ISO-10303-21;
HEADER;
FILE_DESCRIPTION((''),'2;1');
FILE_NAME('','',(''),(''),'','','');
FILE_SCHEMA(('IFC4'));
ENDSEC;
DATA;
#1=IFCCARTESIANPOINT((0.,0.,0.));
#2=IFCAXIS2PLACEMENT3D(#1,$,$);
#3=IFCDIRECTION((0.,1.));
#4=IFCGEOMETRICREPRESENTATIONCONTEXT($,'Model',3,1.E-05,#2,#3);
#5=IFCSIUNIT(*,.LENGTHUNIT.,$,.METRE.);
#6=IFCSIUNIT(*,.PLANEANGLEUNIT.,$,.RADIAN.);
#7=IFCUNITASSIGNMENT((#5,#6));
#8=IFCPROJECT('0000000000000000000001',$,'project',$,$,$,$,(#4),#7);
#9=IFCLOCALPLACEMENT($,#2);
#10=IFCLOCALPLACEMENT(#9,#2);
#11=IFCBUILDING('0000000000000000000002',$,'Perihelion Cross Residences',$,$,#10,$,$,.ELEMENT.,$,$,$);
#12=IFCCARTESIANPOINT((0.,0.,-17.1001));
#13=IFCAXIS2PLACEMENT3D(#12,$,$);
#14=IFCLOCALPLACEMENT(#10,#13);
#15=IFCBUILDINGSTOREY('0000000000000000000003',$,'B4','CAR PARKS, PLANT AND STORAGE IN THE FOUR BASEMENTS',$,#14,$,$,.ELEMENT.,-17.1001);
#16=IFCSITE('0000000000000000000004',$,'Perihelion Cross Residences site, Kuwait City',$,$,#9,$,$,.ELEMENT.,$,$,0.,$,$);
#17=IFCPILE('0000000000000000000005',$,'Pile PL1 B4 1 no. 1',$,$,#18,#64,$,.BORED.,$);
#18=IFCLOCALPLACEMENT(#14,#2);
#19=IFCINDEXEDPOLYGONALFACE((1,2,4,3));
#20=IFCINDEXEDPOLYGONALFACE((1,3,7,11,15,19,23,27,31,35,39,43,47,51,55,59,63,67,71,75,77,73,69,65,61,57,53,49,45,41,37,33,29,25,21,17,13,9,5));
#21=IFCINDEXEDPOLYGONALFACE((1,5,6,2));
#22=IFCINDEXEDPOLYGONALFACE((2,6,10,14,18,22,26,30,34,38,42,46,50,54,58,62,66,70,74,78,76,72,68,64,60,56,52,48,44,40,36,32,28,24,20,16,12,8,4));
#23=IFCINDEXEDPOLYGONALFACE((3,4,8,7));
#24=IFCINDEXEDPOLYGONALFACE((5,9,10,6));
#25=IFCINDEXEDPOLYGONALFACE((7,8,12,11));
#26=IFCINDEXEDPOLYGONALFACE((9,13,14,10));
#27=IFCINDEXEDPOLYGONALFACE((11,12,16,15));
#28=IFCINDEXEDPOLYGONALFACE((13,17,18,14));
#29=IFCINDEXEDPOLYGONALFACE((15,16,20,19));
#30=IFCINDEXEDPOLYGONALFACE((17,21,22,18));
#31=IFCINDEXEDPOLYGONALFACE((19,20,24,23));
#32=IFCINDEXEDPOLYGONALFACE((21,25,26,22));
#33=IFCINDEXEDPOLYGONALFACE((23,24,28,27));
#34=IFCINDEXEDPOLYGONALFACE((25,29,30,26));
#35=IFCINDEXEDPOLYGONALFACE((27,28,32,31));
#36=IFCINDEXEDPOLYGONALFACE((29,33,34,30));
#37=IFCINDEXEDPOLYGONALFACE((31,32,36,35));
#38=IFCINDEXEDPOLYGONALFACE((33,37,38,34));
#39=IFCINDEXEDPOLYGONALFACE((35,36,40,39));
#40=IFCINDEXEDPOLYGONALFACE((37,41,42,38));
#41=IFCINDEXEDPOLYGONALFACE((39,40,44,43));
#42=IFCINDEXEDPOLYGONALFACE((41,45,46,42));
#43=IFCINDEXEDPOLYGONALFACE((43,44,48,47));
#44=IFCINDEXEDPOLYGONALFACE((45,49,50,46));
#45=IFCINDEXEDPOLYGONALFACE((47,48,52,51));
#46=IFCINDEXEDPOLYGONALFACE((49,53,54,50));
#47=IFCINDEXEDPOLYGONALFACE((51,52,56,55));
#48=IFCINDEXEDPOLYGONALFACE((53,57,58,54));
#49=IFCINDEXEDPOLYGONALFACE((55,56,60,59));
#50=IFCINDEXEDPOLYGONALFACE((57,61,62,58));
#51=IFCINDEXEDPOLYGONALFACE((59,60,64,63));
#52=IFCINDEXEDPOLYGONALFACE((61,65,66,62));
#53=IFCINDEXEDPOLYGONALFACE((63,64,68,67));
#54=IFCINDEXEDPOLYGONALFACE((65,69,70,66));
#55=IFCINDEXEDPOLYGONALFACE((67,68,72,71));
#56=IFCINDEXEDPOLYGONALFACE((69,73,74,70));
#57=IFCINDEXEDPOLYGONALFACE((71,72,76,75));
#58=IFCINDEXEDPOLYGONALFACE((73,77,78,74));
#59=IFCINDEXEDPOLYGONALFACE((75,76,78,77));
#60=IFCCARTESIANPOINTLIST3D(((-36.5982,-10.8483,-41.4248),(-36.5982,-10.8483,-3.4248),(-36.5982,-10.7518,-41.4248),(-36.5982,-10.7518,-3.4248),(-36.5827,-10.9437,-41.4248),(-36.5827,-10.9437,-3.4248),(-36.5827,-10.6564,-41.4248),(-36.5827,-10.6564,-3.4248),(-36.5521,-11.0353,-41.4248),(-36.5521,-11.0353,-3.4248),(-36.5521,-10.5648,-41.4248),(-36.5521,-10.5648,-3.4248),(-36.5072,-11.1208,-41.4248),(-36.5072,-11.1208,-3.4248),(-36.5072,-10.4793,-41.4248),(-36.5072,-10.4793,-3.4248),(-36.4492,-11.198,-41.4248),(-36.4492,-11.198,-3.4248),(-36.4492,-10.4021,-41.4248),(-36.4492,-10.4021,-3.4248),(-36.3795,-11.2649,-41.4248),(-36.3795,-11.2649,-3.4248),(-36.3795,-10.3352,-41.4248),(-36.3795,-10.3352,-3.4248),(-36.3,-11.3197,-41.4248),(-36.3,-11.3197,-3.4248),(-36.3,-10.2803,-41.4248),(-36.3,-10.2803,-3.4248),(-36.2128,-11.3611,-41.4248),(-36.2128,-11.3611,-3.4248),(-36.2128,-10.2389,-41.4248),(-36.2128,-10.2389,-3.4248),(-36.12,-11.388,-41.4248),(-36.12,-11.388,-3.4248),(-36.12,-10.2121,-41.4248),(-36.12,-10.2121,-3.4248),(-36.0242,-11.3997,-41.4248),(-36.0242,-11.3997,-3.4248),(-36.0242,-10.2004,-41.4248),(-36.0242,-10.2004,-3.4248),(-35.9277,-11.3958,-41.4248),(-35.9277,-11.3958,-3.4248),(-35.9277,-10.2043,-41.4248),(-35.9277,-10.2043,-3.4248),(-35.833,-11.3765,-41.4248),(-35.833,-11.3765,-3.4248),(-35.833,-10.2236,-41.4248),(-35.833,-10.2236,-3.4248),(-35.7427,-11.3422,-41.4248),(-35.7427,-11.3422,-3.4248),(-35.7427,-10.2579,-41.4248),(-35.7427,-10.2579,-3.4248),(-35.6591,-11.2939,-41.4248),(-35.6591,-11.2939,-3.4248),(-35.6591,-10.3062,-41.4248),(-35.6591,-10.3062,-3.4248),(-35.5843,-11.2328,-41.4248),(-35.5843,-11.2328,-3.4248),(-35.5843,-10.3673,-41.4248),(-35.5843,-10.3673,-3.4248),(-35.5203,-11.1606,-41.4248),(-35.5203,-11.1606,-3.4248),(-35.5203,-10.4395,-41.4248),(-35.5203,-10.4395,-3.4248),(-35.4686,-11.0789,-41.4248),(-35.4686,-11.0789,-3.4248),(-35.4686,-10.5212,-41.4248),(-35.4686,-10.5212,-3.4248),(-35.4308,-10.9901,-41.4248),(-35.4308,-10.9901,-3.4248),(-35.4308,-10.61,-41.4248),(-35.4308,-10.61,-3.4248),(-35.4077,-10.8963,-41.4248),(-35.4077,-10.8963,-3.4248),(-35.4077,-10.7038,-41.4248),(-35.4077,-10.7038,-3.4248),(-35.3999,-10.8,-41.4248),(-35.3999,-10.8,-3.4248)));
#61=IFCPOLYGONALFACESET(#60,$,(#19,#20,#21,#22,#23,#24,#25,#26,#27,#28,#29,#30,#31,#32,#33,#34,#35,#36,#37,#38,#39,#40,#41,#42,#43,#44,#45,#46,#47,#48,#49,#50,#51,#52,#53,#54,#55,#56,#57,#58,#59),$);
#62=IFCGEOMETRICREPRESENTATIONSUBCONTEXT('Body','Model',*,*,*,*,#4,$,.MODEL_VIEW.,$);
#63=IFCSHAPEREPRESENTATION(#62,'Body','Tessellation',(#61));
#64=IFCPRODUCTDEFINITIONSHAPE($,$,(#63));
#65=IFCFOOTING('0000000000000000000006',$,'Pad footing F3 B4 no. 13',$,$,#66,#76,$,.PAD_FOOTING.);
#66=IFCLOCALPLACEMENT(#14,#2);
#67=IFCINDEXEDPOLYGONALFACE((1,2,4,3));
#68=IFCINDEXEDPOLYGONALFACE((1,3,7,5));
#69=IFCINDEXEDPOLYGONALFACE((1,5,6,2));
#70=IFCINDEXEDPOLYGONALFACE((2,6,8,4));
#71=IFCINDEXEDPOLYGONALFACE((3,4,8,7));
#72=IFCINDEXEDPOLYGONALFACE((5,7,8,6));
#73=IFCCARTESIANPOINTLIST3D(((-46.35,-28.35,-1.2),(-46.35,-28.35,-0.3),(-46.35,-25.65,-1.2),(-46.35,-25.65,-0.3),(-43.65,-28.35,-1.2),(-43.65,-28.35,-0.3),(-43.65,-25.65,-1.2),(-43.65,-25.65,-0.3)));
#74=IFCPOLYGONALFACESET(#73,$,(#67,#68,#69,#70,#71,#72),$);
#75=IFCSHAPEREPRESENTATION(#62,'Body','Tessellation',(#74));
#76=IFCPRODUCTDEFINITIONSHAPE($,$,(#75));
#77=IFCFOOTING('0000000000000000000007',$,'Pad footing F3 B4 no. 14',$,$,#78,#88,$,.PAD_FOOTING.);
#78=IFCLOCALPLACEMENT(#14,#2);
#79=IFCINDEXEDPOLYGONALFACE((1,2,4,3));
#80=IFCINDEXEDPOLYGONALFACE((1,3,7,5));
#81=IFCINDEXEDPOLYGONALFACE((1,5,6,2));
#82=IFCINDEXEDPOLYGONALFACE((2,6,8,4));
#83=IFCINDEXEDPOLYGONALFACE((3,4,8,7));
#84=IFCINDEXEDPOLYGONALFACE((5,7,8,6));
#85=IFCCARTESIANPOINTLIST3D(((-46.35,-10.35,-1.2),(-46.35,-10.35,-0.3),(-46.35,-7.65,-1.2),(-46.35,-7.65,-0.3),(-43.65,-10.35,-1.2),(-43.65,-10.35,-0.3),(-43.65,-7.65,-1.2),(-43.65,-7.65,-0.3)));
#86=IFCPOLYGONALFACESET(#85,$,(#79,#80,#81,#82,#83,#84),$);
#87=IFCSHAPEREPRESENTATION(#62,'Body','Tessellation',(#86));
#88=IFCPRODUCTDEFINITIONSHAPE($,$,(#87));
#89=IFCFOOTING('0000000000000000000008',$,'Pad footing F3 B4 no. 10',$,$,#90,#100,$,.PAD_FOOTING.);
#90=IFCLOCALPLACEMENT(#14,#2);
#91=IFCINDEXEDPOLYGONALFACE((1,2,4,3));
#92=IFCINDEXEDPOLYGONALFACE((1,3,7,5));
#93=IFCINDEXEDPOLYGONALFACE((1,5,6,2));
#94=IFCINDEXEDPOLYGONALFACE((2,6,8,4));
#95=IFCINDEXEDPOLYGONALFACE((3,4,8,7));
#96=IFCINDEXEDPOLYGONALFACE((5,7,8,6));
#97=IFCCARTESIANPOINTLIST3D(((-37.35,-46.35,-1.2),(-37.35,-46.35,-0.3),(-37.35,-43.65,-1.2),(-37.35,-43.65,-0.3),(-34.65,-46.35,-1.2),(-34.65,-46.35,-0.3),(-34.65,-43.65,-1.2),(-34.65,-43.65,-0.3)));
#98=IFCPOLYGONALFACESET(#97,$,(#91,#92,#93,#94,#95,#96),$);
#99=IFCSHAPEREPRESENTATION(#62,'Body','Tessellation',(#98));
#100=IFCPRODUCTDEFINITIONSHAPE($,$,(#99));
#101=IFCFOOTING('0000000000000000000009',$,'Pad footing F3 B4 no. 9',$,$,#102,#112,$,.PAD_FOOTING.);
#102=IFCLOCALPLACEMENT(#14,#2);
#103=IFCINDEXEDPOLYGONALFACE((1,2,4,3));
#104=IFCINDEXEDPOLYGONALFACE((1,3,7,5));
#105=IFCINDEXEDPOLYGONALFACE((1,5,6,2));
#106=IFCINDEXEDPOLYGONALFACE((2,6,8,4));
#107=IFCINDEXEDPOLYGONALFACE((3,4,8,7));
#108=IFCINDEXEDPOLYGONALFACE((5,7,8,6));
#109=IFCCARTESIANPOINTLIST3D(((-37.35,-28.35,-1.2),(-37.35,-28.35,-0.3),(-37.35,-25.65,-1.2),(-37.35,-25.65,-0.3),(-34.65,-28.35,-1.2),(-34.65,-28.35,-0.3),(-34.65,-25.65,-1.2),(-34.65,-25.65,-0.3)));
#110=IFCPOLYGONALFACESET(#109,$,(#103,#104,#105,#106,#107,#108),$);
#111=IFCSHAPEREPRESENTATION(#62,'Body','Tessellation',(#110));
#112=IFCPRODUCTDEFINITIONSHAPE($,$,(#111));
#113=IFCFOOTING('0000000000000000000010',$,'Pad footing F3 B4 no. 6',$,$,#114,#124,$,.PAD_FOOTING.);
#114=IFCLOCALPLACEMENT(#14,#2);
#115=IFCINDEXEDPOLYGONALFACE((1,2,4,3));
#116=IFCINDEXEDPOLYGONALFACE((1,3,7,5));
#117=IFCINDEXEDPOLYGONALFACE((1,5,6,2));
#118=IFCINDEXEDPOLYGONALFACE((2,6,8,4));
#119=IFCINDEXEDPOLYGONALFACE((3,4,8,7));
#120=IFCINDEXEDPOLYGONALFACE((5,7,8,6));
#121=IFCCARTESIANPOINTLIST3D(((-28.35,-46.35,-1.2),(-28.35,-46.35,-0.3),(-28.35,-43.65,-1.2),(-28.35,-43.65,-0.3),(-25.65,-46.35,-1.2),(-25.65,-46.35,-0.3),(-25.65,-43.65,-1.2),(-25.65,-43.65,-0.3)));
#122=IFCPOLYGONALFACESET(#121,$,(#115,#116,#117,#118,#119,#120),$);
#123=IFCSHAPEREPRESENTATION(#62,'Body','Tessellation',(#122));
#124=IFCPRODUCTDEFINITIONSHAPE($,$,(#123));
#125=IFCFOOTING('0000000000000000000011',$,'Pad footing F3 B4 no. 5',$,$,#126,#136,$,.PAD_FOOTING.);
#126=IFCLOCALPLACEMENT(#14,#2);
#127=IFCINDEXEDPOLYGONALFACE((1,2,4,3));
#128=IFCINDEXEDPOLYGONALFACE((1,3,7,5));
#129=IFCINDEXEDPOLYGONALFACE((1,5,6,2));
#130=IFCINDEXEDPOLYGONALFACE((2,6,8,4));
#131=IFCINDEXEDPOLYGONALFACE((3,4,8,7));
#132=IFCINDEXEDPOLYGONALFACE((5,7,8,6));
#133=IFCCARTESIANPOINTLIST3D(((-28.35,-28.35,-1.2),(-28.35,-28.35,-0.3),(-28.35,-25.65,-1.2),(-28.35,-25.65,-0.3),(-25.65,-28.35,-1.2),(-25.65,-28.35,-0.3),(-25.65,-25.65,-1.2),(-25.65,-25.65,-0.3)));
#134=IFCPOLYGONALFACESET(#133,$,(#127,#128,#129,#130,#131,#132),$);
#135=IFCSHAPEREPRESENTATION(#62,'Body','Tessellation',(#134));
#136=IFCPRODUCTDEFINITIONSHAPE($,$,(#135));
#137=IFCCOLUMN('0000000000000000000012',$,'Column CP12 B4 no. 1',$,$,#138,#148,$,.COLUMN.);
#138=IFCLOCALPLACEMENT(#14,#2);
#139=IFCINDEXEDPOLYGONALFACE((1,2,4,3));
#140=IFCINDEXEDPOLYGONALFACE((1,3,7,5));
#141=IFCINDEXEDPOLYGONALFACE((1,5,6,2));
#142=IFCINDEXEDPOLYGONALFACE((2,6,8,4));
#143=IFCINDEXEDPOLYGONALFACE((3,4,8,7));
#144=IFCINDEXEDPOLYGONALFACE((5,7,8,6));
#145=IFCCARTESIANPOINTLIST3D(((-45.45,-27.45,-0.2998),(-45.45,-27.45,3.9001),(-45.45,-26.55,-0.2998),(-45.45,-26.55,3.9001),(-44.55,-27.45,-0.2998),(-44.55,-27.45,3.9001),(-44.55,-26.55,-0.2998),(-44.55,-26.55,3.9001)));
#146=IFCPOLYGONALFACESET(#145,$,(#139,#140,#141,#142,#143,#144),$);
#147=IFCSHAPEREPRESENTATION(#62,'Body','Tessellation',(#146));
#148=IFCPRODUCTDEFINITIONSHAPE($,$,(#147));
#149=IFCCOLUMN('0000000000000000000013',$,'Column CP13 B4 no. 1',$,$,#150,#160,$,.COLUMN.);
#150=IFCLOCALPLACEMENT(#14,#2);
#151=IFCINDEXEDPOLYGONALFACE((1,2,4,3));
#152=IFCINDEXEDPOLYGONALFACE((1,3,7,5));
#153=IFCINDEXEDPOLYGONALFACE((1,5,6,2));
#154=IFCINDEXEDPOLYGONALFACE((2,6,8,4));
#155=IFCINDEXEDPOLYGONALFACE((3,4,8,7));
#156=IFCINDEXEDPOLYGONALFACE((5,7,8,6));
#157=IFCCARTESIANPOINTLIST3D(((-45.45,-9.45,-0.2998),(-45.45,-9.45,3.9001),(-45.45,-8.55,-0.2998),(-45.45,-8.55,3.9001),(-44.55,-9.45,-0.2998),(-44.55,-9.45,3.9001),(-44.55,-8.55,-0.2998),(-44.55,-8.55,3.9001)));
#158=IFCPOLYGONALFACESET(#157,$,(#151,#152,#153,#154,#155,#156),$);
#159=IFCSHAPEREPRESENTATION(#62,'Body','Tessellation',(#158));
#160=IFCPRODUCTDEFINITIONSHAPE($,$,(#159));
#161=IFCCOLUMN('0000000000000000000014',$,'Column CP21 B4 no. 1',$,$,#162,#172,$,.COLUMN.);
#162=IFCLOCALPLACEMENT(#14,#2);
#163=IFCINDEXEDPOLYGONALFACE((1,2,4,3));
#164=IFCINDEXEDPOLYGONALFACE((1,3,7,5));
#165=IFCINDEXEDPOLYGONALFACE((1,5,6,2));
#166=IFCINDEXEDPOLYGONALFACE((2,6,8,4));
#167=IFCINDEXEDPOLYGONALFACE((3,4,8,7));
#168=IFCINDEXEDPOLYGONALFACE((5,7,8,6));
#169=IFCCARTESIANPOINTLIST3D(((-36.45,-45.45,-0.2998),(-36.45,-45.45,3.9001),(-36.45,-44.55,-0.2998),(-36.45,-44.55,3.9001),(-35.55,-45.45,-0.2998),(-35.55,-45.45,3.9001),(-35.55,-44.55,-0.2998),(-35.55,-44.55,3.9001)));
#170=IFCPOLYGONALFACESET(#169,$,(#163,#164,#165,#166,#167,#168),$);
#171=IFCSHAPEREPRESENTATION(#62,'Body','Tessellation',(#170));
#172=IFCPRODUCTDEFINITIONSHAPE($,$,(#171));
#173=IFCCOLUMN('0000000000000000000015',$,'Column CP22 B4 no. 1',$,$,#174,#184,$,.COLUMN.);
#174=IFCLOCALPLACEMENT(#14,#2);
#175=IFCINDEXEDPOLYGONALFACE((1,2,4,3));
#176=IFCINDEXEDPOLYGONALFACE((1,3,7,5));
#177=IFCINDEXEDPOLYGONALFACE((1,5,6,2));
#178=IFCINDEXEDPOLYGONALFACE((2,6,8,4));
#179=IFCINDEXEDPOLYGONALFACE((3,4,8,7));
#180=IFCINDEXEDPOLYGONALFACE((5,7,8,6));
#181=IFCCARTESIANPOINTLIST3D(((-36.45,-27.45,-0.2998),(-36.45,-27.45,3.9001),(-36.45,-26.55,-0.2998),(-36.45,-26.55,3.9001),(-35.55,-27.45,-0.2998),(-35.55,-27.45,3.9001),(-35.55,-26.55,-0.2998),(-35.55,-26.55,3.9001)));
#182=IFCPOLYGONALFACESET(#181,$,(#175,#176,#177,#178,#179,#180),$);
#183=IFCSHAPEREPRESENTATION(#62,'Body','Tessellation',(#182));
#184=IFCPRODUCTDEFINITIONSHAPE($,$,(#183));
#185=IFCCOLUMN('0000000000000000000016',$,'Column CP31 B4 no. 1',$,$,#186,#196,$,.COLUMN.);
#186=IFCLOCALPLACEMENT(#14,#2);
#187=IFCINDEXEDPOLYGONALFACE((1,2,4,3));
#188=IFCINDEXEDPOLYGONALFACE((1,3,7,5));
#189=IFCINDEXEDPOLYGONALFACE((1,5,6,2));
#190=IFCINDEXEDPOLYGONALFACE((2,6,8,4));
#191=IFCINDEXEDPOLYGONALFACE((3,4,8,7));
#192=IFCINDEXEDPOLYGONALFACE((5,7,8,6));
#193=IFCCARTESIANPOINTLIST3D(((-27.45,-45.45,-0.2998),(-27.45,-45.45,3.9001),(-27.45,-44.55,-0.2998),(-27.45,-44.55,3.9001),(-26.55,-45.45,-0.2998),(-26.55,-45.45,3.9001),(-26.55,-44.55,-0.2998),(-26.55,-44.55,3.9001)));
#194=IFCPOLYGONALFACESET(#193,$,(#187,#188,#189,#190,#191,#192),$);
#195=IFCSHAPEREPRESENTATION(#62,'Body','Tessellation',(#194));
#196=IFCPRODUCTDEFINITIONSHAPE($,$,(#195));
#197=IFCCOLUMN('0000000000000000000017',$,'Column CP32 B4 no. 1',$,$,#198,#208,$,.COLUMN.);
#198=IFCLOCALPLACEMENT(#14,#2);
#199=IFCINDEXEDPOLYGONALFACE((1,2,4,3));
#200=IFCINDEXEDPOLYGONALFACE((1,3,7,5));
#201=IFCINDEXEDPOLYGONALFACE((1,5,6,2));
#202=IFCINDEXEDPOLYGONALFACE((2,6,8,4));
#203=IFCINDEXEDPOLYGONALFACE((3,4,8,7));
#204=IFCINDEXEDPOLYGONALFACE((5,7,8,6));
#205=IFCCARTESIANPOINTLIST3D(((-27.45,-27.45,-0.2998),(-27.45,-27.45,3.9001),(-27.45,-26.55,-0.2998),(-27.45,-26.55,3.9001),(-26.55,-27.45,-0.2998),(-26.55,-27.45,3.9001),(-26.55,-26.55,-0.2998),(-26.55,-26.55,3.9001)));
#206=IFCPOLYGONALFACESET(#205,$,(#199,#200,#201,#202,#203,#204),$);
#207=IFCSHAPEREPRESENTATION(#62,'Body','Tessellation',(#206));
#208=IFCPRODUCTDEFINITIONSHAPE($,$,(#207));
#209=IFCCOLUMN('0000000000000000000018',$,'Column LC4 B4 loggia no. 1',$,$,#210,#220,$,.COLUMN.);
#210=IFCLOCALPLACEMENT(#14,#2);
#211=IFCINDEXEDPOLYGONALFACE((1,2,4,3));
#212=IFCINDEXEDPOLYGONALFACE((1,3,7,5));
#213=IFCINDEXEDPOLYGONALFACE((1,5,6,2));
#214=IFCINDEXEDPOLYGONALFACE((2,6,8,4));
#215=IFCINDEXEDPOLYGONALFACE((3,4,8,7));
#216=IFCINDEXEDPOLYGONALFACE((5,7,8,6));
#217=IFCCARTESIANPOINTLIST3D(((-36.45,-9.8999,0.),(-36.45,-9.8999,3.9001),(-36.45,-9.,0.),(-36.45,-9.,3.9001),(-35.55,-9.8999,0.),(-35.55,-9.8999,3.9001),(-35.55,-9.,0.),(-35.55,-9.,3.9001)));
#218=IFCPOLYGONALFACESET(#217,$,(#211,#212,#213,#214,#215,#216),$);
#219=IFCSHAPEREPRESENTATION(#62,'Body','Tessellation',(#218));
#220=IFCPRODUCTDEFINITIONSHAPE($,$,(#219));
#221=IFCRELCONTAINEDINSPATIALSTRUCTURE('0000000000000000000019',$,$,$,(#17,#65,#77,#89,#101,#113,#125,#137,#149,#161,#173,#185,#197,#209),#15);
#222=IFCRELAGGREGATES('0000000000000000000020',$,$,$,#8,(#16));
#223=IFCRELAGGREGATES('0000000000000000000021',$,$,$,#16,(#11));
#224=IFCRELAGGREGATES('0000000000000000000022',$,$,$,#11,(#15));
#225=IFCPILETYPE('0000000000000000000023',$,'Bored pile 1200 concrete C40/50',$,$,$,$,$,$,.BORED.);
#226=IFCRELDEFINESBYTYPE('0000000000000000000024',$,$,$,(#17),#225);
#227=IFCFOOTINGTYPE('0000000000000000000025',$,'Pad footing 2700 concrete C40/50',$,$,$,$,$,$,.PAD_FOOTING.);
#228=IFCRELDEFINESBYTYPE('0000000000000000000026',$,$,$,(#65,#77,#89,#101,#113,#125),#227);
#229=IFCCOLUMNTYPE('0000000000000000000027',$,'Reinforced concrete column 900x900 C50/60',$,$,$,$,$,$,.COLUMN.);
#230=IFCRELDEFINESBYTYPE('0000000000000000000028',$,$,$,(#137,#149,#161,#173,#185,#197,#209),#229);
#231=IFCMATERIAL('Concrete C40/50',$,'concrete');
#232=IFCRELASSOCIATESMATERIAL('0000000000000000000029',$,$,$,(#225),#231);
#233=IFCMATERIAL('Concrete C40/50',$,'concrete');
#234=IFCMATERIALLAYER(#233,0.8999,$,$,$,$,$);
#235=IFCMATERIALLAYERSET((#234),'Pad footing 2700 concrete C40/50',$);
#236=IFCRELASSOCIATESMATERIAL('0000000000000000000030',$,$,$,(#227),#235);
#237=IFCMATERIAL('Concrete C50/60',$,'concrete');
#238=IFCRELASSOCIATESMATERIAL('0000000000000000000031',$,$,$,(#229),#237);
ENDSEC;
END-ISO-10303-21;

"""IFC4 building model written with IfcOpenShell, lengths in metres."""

from ifc_helpers import new_model, si_unit, direction, frame, origin, origin_2d, place, context, subcontext, project, spatial, rectangle, circle, extrude, material, layer, layer_set, material_profile, profile_set, type_object, element, save


model = new_model("IFC4")

# Units and contexts
model_context = context("Model", 3, precision=1e-05, world=origin(), true_north=direction((0.0, 1.0)))
body_context = subcontext(model_context, "Body", "Model", "MODEL_VIEW")
ifc_project = project(units=[si_unit("LENGTHUNIT", "METRE"), si_unit("PLANEANGLEUNIT", "RADIAN")], contexts=[model_context])

# Site, building, storey
site_placement = place(None, origin())
site = spatial("IfcSite", under=ifc_project, at=site_placement, Name="Perihelion Cross Residences site, Kuwait City", CompositionType="ELEMENT", RefElevation=0.0)
building_placement = place(site_placement, origin())
building = spatial("IfcBuilding", under=site, at=building_placement, Name="Perihelion Cross Residences", CompositionType="ELEMENT")
storey_placement = place(building_placement, frame((0.0, 0.0, -17.1001)))
storey = spatial("IfcBuildingStorey", under=building, at=storey_placement, Name="B4", Description="CAR PARKS, PLANT AND STORAGE IN THE FOUR BASEMENTS", CompositionType="ELEMENT", Elevation=-17.1001)

# Pile
ifc_material_1 = material(Name="Concrete C40/50", Category="concrete")
pile_type = type_object("IfcPileType", Name="Bored pile 1200 concrete C40/50", PredefinedType="BORED", material=ifc_material_1)
pile_placement = place(storey_placement, frame((-36.0, -10.8, -3.4248), z_axis=(0.0, 0.0, -1.0), x_axis=(1.0, 0.0, 0.0)))
element("IfcPile", 1, at=pile_placement, inside=storey, type_object=pile_type, Name="Pile PL1 B4 1 no. 1", PredefinedType="BORED", context=body_context, shape_type="SweptSolid", body=[
    extrude(circle(Radius=0.6001, at=origin_2d()), origin(), (0.0, 0.0, 1.0), 38.0),
])

# Footings
ifc_material_2 = material(Name="Concrete C40/50", Category="concrete")
ifc_layer_1 = layer(ifc_material_2, 0.8999)
ifc_layer_set_1 = layer_set([ifc_layer_1], Name="Pad footing 2700 concrete C40/50")
footing_type = type_object("IfcFootingType", Name="Pad footing 2700 concrete C40/50", PredefinedType="PAD_FOOTING", material=ifc_layer_set_1)
for number, where, z_axis, x_axis, name in (
    (2, (-45.0, -27.0, -1.2), (0.0, 0.0, 1.0), (1.0, 0.0, 0.0), "Pad footing F3 B4 no. 13"),
    (3, (-45.0, -9.0, -1.2), (0.0, 0.0, 1.0), (1.0, 0.0, 0.0), "Pad footing F3 B4 no. 14"),
    (4, (-36.0, -45.0, -1.2), (0.0, 0.0, 1.0), (1.0, 0.0, 0.0), "Pad footing F3 B4 no. 10"),
    (5, (-36.0, -27.0, -1.2), (0.0, 0.0, 1.0), (1.0, 0.0, 0.0), "Pad footing F3 B4 no. 9"),
    (6, (-27.0, -45.0, -1.2), (0.0, 0.0, 1.0), (1.0, 0.0, 0.0), "Pad footing F3 B4 no. 6"),
    (7, (-27.0, -27.0, -1.2), (0.0, 0.0, 1.0), (1.0, 0.0, 0.0), "Pad footing F3 B4 no. 5"),
):
    element("IfcFooting", number, at=place(storey_placement, frame(where, z_axis=z_axis, x_axis=x_axis)), inside=storey, type_object=footing_type, Name=name, PredefinedType="PAD_FOOTING", context=body_context, shape_type="SweptSolid", body=[
        extrude(rectangle(XDim=2.7, YDim=2.7, at=origin_2d()), origin(), (0.0, 0.0, 1.0), 0.8999),
    ])

# Columns
ifc_material_3 = material(Name="Concrete C50/60", Category="concrete")
ifc_material_profile = material_profile(ifc_material_3, rectangle(XDim=0.8999, YDim=0.8999, at=origin_2d()), Name="RC 900x900")
ifc_profile_set = profile_set([ifc_material_profile], Name="Concrete C50/60")
column_type = type_object("IfcColumnType", Name="Reinforced concrete column 900x900 C50/60", PredefinedType="COLUMN", material=ifc_profile_set)
for number, where, z_axis, x_axis, name in (
    (8, (-45.0, -27.0, -0.2998), (0.0, 0.0, 1.0), (1.0, 0.0, 0.0), "Column CP12 B4 no. 1"),
    (9, (-45.0, -9.0, -0.2998), (0.0, 0.0, 1.0), (1.0, 0.0, 0.0), "Column CP13 B4 no. 1"),
    (10, (-36.0, -45.0, -0.2998), (0.0, 0.0, 1.0), (1.0, 0.0, 0.0), "Column CP21 B4 no. 1"),
    (11, (-36.0, -27.0, -0.2998), (0.0, 0.0, 1.0), (1.0, 0.0, 0.0), "Column CP22 B4 no. 1"),
    (12, (-27.0, -45.0, -0.2998), (0.0, 0.0, 1.0), (1.0, 0.0, 0.0), "Column CP31 B4 no. 1"),
    (13, (-27.0, -27.0, -0.2998), (0.0, 0.0, 1.0), (1.0, 0.0, 0.0), "Column CP32 B4 no. 1"),
):
    element("IfcColumn", number, at=place(storey_placement, frame(where, z_axis=z_axis, x_axis=x_axis)), inside=storey, type_object=column_type, Name=name, PredefinedType="COLUMN", context=body_context, shape_type="SweptSolid", body=[
        extrude(rectangle(XDim=0.8999, YDim=0.8999, at=origin_2d()), origin(), (0.0, 0.0, 1.0), 4.2),
    ])
column_placement = place(storey_placement, frame((-36.0, -9.45, 0.0), z_axis=(0.0, 0.0, 1.0), x_axis=(1.0, 0.0, 0.0)))
element("IfcColumn", 14, at=column_placement, inside=storey, type_object=column_type, Name="Column LC4 B4 loggia no. 1", PredefinedType="COLUMN", context=body_context, shape_type="SweptSolid", body=[
    extrude(rectangle(XDim=0.8999, YDim=0.8999, at=origin_2d()), origin(), (0.0, 0.0, 1.0), 3.9001),
])

save(model, "model.ifc")
